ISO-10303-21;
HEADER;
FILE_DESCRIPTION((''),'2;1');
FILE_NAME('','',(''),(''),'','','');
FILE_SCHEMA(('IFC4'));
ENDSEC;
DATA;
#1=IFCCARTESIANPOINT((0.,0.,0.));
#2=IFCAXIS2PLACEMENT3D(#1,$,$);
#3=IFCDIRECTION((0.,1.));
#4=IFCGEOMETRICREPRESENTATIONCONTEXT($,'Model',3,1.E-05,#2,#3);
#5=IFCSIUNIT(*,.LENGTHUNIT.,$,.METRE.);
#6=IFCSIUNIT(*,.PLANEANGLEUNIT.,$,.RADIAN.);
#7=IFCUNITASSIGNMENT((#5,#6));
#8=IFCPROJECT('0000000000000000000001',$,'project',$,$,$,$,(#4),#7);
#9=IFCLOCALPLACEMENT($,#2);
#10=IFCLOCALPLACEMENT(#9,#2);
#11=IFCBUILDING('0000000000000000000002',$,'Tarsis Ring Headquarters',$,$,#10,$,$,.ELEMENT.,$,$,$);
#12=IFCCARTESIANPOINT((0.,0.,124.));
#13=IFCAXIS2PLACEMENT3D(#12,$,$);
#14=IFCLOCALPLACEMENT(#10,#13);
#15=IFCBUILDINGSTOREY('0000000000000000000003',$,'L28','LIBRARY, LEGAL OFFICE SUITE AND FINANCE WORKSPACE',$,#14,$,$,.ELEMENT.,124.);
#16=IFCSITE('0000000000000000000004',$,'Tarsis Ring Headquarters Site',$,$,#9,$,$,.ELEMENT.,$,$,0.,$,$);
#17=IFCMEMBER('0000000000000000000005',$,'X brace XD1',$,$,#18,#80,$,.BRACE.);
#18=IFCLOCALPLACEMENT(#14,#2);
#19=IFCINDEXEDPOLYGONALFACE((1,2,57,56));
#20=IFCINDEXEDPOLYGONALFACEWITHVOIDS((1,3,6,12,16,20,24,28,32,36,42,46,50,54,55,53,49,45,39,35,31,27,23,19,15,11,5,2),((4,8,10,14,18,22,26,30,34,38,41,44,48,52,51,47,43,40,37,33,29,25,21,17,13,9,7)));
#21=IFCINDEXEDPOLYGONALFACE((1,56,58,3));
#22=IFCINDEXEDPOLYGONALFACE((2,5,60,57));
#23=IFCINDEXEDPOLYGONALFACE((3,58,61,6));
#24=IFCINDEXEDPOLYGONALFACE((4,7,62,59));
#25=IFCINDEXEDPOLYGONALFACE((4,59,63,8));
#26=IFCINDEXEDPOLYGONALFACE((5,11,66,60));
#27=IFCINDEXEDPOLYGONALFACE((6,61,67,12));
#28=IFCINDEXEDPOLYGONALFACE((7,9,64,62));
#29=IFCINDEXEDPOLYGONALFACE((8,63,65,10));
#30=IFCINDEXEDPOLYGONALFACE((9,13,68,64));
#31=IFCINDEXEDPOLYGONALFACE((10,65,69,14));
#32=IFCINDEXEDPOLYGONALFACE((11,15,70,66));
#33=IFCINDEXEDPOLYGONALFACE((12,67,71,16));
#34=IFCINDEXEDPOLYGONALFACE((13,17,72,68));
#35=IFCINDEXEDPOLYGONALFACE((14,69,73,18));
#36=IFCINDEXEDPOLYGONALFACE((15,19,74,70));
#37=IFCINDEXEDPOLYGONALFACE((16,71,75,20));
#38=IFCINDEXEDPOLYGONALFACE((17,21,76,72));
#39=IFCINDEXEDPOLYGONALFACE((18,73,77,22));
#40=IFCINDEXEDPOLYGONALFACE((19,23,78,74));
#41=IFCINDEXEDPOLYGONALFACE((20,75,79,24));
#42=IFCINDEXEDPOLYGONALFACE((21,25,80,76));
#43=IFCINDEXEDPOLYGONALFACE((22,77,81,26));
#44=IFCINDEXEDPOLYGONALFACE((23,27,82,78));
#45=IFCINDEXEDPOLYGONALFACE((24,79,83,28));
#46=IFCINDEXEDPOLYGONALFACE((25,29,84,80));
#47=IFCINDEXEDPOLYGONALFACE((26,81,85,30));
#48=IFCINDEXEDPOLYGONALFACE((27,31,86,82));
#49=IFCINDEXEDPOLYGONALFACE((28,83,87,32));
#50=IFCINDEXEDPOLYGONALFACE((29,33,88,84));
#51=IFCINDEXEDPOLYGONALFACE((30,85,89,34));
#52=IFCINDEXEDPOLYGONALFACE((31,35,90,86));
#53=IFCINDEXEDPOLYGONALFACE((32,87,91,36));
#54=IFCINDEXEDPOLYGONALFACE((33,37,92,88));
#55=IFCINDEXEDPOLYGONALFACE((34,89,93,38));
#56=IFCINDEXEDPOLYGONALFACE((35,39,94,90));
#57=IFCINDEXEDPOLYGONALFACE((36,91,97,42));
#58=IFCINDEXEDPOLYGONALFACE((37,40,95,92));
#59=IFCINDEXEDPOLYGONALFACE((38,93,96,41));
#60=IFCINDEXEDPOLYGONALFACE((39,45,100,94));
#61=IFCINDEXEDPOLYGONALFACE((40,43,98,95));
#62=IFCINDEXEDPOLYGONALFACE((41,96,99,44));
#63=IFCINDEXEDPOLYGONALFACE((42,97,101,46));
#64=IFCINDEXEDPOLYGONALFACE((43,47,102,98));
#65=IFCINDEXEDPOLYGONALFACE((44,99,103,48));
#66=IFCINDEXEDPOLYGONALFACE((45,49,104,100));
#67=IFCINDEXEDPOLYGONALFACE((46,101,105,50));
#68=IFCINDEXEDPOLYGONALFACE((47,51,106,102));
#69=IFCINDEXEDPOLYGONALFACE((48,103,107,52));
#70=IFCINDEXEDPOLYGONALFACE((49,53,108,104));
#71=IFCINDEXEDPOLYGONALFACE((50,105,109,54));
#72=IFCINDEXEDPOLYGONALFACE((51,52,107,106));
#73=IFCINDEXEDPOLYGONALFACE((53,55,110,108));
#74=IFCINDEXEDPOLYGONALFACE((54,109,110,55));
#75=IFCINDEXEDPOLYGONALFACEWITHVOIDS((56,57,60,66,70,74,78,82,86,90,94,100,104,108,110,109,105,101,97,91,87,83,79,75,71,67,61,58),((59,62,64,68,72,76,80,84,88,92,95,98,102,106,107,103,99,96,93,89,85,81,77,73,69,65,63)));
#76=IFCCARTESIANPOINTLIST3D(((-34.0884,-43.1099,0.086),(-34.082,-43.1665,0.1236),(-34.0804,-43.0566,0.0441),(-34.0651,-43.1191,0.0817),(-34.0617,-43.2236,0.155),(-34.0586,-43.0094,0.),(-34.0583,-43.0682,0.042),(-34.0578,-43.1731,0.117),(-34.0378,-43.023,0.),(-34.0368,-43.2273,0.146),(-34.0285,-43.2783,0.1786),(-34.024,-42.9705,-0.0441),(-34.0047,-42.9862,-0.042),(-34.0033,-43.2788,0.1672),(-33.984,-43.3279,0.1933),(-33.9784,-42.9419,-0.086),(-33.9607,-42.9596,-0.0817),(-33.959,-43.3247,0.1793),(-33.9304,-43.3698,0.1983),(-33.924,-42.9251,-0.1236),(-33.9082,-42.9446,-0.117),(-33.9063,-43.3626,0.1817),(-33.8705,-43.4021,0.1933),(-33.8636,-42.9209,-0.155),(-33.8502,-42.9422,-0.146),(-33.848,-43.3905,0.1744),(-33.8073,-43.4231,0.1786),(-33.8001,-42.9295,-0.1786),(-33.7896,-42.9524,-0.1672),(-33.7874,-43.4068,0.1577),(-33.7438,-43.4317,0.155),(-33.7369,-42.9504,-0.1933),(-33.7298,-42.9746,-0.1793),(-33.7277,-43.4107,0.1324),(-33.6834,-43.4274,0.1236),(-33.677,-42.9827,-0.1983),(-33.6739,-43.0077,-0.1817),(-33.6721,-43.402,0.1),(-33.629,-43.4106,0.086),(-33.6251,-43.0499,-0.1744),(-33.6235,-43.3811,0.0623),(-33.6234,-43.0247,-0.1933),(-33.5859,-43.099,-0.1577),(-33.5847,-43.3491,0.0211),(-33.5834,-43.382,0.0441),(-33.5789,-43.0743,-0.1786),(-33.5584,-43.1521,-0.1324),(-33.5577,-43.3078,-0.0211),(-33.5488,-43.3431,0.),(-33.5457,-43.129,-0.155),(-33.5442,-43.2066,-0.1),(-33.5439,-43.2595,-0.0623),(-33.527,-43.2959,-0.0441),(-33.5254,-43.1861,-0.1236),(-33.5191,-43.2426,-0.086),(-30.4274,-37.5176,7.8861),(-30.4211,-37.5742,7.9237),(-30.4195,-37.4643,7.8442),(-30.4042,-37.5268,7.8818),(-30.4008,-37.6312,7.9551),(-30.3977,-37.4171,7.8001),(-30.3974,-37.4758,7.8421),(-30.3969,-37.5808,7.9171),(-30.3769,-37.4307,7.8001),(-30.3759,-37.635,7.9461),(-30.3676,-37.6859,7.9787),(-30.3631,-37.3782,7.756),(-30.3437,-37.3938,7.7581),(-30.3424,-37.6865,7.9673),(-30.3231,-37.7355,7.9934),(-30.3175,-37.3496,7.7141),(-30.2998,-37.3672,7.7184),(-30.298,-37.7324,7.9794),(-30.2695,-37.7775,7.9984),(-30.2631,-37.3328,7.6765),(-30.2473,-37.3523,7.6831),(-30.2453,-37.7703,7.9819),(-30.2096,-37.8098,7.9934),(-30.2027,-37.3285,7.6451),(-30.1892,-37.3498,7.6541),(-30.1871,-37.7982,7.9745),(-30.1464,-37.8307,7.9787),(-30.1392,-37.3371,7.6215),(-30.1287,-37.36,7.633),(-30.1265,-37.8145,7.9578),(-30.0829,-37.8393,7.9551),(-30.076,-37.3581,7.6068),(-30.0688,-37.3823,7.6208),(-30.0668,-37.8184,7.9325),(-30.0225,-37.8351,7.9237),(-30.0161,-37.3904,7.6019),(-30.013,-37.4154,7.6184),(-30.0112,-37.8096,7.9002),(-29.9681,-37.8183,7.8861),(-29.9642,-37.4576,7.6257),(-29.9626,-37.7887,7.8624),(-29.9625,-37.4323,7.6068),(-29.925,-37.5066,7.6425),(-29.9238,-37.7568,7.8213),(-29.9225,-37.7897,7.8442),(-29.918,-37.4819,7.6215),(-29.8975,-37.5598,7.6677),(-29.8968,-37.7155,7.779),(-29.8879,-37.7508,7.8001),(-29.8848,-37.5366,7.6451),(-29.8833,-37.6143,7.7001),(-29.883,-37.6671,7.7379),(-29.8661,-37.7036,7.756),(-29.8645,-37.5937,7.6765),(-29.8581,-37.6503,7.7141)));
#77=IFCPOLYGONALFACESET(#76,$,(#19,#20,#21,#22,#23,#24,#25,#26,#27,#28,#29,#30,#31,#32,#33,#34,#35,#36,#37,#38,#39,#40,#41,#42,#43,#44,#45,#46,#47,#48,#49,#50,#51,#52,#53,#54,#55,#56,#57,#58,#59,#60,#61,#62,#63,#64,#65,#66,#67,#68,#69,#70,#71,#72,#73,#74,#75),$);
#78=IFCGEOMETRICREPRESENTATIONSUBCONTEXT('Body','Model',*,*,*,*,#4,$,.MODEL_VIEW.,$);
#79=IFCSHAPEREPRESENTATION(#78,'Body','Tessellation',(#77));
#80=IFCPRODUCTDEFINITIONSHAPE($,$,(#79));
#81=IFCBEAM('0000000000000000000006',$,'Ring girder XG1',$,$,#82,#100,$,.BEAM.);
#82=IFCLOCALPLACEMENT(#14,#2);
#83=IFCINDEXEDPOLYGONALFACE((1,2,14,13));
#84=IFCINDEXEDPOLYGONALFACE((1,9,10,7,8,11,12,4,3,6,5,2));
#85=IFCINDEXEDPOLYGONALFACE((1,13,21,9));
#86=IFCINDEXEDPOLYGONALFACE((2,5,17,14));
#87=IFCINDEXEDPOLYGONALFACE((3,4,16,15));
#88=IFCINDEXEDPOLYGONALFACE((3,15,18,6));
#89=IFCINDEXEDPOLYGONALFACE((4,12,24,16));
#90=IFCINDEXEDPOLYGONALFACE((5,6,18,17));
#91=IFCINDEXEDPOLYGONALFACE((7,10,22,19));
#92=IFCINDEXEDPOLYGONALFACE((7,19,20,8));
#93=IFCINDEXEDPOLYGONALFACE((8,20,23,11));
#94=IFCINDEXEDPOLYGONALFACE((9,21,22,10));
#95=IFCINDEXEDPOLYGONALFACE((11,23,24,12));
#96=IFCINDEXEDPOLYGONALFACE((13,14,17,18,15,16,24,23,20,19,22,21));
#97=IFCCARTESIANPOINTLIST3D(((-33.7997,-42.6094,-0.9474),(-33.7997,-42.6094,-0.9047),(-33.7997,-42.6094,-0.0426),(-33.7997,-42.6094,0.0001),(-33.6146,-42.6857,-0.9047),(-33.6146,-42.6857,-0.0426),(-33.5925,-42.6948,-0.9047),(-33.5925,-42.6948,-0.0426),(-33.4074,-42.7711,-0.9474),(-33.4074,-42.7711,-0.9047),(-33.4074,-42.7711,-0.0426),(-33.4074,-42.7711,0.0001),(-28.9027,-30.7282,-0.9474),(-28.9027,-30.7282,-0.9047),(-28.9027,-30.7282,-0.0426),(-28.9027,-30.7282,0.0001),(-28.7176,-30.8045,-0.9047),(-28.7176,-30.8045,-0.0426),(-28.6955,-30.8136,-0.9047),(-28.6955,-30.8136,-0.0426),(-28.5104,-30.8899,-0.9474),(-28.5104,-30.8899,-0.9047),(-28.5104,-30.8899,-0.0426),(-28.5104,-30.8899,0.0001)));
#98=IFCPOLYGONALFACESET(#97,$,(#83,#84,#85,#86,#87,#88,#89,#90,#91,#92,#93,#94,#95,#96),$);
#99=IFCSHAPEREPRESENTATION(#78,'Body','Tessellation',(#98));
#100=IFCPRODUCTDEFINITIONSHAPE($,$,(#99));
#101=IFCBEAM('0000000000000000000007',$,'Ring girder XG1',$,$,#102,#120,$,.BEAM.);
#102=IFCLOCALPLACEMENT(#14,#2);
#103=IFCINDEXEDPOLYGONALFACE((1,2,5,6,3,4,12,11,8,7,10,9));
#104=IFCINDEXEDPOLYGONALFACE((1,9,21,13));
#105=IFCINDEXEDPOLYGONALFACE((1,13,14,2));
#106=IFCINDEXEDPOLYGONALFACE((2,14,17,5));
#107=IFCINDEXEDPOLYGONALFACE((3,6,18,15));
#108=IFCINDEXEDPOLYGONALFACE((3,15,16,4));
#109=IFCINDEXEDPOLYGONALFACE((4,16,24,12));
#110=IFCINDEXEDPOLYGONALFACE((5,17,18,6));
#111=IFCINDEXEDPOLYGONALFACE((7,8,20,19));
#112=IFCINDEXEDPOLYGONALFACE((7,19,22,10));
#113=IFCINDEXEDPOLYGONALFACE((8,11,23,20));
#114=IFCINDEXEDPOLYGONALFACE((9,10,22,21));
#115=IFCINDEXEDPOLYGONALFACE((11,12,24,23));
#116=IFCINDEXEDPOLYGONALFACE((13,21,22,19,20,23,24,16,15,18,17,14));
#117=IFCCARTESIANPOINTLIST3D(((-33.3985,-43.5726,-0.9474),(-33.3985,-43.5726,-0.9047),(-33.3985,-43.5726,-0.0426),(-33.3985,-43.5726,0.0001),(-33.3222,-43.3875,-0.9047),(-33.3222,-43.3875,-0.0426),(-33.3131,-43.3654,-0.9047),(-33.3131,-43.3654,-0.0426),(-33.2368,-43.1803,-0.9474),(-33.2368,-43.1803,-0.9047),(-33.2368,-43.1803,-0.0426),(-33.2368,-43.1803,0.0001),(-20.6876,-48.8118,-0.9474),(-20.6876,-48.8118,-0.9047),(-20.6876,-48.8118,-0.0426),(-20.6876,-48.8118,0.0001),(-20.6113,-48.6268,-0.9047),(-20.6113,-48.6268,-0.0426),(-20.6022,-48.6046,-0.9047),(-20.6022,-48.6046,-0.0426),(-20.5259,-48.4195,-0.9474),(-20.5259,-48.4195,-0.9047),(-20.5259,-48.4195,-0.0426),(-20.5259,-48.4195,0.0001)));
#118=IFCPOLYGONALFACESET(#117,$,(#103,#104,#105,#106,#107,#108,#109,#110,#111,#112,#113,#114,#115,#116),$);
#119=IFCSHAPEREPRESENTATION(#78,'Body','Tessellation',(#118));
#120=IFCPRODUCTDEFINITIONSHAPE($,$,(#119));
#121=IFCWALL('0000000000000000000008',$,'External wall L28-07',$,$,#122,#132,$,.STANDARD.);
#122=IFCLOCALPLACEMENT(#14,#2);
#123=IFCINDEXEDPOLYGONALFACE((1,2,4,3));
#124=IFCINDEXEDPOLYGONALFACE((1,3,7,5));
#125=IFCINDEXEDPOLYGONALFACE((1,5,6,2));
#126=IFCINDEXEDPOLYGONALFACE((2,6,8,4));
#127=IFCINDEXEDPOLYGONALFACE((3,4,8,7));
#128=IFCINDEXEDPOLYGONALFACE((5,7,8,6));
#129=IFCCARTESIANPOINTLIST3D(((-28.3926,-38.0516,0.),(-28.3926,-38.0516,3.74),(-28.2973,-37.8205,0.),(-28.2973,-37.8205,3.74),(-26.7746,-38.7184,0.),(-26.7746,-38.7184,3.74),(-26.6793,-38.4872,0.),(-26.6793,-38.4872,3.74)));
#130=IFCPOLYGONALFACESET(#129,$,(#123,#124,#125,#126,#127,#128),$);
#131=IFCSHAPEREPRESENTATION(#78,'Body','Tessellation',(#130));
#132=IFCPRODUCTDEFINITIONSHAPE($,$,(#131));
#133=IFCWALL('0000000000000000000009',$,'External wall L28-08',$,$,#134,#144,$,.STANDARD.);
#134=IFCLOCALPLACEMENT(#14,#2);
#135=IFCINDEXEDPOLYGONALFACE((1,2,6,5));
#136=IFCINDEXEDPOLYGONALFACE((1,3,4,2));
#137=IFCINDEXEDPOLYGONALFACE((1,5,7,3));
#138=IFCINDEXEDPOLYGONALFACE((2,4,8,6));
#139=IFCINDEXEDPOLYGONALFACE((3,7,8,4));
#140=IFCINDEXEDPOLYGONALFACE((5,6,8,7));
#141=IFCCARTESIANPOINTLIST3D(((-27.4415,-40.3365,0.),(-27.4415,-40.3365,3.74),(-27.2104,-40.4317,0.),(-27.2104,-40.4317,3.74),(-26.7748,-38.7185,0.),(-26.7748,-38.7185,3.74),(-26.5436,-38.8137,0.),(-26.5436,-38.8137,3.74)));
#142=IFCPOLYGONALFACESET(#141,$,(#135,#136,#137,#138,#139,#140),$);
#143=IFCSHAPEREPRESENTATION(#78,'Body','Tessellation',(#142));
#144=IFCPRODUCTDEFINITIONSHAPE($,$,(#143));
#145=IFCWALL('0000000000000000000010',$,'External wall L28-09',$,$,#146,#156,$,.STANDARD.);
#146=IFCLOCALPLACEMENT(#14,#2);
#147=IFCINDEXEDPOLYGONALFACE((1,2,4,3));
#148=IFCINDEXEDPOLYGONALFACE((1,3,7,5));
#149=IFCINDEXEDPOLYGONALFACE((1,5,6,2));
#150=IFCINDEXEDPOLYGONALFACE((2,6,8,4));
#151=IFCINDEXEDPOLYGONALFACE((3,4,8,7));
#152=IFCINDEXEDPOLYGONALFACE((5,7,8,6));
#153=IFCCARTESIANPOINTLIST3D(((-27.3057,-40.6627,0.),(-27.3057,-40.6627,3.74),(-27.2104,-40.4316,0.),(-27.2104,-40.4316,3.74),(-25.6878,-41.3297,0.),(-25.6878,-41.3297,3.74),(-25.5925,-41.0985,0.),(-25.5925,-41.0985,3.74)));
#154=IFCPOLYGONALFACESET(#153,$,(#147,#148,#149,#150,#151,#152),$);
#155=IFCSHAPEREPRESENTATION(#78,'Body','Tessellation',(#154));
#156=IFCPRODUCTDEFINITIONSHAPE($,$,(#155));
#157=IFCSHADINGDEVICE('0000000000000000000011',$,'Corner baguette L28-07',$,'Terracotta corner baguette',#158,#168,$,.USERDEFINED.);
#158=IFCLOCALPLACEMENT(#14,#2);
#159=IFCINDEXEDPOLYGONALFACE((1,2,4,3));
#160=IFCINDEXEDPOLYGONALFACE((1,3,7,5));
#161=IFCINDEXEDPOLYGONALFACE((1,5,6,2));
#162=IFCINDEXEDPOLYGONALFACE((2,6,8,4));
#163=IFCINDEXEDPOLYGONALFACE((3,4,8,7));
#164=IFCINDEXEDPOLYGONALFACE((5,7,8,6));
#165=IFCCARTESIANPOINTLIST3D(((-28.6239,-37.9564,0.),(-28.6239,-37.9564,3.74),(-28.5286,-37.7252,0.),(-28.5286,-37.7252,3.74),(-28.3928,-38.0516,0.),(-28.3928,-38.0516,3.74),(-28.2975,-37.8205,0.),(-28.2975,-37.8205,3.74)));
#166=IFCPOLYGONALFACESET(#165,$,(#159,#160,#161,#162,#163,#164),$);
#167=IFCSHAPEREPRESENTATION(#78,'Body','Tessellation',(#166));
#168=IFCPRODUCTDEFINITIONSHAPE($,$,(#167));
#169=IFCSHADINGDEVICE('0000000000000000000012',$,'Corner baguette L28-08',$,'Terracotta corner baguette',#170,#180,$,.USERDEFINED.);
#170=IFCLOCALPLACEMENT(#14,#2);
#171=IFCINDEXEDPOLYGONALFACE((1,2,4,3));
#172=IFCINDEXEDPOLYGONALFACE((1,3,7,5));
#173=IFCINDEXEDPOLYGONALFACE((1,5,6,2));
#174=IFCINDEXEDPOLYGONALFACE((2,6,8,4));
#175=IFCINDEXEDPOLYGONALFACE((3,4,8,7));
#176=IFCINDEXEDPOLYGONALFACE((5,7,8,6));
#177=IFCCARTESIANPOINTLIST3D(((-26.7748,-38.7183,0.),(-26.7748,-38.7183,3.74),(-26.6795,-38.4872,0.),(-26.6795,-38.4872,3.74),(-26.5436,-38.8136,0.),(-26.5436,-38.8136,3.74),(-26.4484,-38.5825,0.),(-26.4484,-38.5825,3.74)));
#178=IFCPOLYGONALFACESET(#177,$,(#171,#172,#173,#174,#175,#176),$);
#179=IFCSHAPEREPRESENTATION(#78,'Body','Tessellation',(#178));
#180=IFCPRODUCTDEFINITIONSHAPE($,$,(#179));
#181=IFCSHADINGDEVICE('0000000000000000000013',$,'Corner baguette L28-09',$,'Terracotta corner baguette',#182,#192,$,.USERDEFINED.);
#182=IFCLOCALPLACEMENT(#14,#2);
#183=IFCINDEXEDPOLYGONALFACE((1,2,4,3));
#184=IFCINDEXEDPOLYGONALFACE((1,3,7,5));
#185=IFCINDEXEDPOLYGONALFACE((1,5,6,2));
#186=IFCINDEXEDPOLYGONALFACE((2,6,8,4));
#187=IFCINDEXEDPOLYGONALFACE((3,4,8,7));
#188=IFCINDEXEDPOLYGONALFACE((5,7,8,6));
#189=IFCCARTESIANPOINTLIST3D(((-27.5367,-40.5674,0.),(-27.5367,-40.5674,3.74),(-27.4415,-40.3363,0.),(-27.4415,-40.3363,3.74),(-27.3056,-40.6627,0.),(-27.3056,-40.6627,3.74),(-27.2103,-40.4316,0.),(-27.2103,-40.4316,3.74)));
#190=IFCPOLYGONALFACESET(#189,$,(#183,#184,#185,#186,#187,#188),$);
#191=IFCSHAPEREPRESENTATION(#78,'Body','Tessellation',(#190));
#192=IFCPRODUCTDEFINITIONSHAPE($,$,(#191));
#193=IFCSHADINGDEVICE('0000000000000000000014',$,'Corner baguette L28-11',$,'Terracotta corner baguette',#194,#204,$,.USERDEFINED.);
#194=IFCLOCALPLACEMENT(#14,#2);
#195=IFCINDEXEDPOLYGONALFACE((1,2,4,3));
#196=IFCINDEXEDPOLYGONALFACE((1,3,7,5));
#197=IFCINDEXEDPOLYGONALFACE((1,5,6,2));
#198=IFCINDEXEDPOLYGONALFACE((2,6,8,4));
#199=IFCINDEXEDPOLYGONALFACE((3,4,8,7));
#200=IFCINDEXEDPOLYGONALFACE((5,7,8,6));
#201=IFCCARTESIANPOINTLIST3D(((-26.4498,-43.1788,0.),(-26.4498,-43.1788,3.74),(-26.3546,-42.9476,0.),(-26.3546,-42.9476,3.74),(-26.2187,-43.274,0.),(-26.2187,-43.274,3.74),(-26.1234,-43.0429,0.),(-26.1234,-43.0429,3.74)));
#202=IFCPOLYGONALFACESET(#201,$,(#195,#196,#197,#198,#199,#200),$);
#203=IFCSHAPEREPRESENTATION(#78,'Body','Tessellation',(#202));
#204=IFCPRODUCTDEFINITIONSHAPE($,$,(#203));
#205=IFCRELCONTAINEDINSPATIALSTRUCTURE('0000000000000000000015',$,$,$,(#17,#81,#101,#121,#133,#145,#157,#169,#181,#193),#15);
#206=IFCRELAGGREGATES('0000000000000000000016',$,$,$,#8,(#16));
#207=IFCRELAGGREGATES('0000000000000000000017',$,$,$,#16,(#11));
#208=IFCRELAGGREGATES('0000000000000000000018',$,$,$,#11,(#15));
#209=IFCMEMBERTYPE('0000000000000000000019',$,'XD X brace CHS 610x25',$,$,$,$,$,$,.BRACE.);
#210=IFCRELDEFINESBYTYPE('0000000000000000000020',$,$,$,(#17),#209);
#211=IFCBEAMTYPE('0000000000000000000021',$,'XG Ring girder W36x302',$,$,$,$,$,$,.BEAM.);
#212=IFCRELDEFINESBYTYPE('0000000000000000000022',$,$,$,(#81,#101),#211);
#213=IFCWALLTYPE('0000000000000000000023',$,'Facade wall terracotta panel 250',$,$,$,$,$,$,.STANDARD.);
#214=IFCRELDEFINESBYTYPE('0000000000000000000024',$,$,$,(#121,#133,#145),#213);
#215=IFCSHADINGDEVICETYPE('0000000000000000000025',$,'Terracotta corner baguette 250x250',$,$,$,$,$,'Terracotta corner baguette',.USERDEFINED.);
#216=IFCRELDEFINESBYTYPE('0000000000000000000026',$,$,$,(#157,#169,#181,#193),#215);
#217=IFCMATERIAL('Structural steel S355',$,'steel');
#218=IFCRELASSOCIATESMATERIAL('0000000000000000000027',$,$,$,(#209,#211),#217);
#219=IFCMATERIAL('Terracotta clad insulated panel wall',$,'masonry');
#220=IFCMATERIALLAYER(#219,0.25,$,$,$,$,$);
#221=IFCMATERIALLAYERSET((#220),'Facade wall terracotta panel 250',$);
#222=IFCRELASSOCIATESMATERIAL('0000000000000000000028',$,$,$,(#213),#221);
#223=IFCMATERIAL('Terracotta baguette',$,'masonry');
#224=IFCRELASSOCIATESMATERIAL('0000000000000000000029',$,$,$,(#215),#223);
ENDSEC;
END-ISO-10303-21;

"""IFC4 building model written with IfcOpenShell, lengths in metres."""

from ifc_helpers import new_model, si_unit, direction, frame, frame_2d, origin, origin_2d, place, context, subcontext, project, spatial, rectangle, hollow_circle, i_section, extrude, material, layer, layer_set, material_profile, profile_set, type_object, element, save


model = new_model("IFC4")

# Units and contexts
model_context = context("Model", 3, precision=1e-05, world=origin(), true_north=direction((0.0, 1.0)))
body_context = subcontext(model_context, "Body", "Model", "MODEL_VIEW")
ifc_project = project(units=[si_unit("LENGTHUNIT", "METRE"), si_unit("PLANEANGLEUNIT", "RADIAN")], contexts=[model_context])

# Site, building, storey
site_placement = place(None, origin())
site = spatial("IfcSite", under=ifc_project, at=site_placement, Name="Tarsis Ring Headquarters Site", CompositionType="ELEMENT", RefElevation=0.0)
building_placement = place(site_placement, origin())
building = spatial("IfcBuilding", under=site, at=building_placement, Name="Tarsis Ring Headquarters", CompositionType="ELEMENT")
storey_placement = place(building_placement, frame((0.0, 0.0, 124.0)))
storey = spatial("IfcBuildingStorey", under=building, at=storey_placement, Name="L28", Description="LIBRARY, LEGAL OFFICE SUITE AND FINANCE WORKSPACE", CompositionType="ELEMENT", Elevation=124.0)

# Shared definitions
ifc_material_1 = material(Name="Structural steel S355", Category="steel")

# Member
ifc_material_profile_1 = material_profile(ifc_material_1, hollow_circle(Radius=0.3047, WallThickness=0.0249, at=origin_2d()), Name="CHS 610x25")
ifc_profile_set_1 = profile_set([ifc_material_profile_1], Name="Structural steel S355")
member_type = type_object("IfcMemberType", Name="XD X brace CHS 610x25", PredefinedType="BRACE", material=ifc_profile_set_1)
member_placement = place(storey_placement, frame((-33.8037, -43.1763, 0.0), z_axis=(0.356391, 0.544414, 0.759341), x_axis=(-0.836668, 0.54771, 0.0)))
element("IfcMember", 1, at=member_placement, inside=storey, type_object=member_type, Name="X brace XD1", PredefinedType="BRACE", context=body_context, shape_type="SweptSolid", body=[
    extrude(hollow_circle(Radius=0.3047, WallThickness=0.0249, at=origin_2d()), origin(), (0.0, 0.0, 1.0), 10.2722),
])

# Beams
ifc_material_profile_2 = material_profile(ifc_material_1, i_section(OverallWidth=0.4243, OverallDepth=0.9475, WebThickness=0.0239, FlangeThickness=0.0427, at=origin_2d()), Name="W36x302")
ifc_profile_set_2 = profile_set([ifc_material_profile_2], Name="Structural steel S355")
beam_type_1 = type_object("IfcBeamType", Name="XG Ring girder W36x302", PredefinedType="BEAM", material=ifc_profile_set_2)
beam_1_placement = place(storey_placement, frame((-28.7065, -30.8091, -0.4736), z_axis=(-0.381066, -0.924548, 0.0), x_axis=(0.924548, -0.381066, 0.0)))
element("IfcBeam", 2, at=beam_1_placement, inside=storey, type_object=beam_type_1, Name="Ring girder XG1", PredefinedType="BEAM", context=body_context, shape_type="SweptSolid", body=[
    extrude(i_section(OverallWidth=0.4243, OverallDepth=0.9475, WebThickness=0.0239, FlangeThickness=0.0427, at=origin_2d()), origin(), (0.0, 0.0, 1.0), 12.8508),
])
beam_2_placement = place(storey_placement, frame((-33.3176, -43.3765, -0.4736), z_axis=(0.924541, -0.381082, 0.0), x_axis=(0.381082, 0.924541, 0.0)))
element("IfcBeam", 3, at=beam_2_placement, inside=storey, type_object=beam_type_1, Name="Ring girder XG1", PredefinedType="BEAM", context=body_context, shape_type="SweptSolid", body=[
    extrude(i_section(OverallWidth=0.4243, OverallDepth=0.9475, WebThickness=0.0239, FlangeThickness=0.0427, at=origin_2d()), origin(), (0.0, 0.0, 1.0), 13.7483),
])

# Walls
ifc_material_2 = material(Name="Terracotta clad insulated panel wall", Category="masonry")
ifc_layer = layer(ifc_material_2, 0.25)
ifc_layer_set = layer_set([ifc_layer], Name="Facade wall terracotta panel 250")
wall_type = type_object("IfcWallType", Name="Facade wall terracotta panel 250", PredefinedType="STANDARD", material=ifc_layer_set)
for number, where, z_axis, x_axis, name in (
    (4, (-28.345, -37.936, 0.0), (0.0, 0.0, 1.0), (0.924568, -0.381016, 0.0), "External wall L28-07"),
    (5, (-26.6592, -38.7661, 0.0), (0.0, 0.0, 1.0), (-0.381016, -0.924568, 0.0), "External wall L28-08"),
    (6, (-27.2581, -40.5471, 0.0), (0.0, 0.0, 1.0), (0.924519, -0.381136, 0.0), "External wall L28-09"),
):
    element("IfcWall", number, at=place(storey_placement, frame(where, z_axis=z_axis, x_axis=x_axis)), inside=storey, type_object=wall_type, Name=name, PredefinedType="STANDARD", context=body_context, shape_type="SweptSolid", body=[
        extrude(rectangle(XDim=1.75, YDim=0.25, at=frame_2d((0.875, 0.0))), origin(), (0.0, 0.0, 1.0), 3.74),
    ])

# Shading devices
ifc_material_3 = material(Name="Terracotta baguette", Category="masonry")
shading_device_type_1 = type_object("IfcShadingDeviceType", Name="Terracotta corner baguette 250x250", ElementType="Terracotta corner baguette", PredefinedType="USERDEFINED", material=ifc_material_3)
for number, where, z_axis, x_axis, name in (
    (7, (-28.4607, -37.8884, 0.0), (0.0, 0.0, 1.0), (-0.38107, -0.924546, 0.0), "Corner baguette L28-07"),
    (8, (-26.6116, -38.6504, 0.0), (0.0, 0.0, 1.0), (0.924546, -0.38107, 0.0), "Corner baguette L28-08"),
    (9, (-27.3735, -40.4995, 0.0), (0.0, 0.0, 1.0), (-0.381071, -0.924546, 0.0), "Corner baguette L28-09"),
    (10, (-26.2866, -43.1108, 0.0), (0.0, 0.0, 1.0), (-0.38107, -0.924546, 0.0), "Corner baguette L28-11"),
):
    element("IfcShadingDevice", number, at=place(storey_placement, frame(where, z_axis=z_axis, x_axis=x_axis)), inside=storey, type_object=shading_device_type_1, Name=name, ObjectType="Terracotta corner baguette", PredefinedType="USERDEFINED", context=body_context, shape_type="SweptSolid", body=[
        extrude(rectangle(XDim=0.25, YDim=0.25, at=origin_2d()), origin(), (0.0, 0.0, 1.0), 3.74),
    ])

save(model, "model.ifc")
